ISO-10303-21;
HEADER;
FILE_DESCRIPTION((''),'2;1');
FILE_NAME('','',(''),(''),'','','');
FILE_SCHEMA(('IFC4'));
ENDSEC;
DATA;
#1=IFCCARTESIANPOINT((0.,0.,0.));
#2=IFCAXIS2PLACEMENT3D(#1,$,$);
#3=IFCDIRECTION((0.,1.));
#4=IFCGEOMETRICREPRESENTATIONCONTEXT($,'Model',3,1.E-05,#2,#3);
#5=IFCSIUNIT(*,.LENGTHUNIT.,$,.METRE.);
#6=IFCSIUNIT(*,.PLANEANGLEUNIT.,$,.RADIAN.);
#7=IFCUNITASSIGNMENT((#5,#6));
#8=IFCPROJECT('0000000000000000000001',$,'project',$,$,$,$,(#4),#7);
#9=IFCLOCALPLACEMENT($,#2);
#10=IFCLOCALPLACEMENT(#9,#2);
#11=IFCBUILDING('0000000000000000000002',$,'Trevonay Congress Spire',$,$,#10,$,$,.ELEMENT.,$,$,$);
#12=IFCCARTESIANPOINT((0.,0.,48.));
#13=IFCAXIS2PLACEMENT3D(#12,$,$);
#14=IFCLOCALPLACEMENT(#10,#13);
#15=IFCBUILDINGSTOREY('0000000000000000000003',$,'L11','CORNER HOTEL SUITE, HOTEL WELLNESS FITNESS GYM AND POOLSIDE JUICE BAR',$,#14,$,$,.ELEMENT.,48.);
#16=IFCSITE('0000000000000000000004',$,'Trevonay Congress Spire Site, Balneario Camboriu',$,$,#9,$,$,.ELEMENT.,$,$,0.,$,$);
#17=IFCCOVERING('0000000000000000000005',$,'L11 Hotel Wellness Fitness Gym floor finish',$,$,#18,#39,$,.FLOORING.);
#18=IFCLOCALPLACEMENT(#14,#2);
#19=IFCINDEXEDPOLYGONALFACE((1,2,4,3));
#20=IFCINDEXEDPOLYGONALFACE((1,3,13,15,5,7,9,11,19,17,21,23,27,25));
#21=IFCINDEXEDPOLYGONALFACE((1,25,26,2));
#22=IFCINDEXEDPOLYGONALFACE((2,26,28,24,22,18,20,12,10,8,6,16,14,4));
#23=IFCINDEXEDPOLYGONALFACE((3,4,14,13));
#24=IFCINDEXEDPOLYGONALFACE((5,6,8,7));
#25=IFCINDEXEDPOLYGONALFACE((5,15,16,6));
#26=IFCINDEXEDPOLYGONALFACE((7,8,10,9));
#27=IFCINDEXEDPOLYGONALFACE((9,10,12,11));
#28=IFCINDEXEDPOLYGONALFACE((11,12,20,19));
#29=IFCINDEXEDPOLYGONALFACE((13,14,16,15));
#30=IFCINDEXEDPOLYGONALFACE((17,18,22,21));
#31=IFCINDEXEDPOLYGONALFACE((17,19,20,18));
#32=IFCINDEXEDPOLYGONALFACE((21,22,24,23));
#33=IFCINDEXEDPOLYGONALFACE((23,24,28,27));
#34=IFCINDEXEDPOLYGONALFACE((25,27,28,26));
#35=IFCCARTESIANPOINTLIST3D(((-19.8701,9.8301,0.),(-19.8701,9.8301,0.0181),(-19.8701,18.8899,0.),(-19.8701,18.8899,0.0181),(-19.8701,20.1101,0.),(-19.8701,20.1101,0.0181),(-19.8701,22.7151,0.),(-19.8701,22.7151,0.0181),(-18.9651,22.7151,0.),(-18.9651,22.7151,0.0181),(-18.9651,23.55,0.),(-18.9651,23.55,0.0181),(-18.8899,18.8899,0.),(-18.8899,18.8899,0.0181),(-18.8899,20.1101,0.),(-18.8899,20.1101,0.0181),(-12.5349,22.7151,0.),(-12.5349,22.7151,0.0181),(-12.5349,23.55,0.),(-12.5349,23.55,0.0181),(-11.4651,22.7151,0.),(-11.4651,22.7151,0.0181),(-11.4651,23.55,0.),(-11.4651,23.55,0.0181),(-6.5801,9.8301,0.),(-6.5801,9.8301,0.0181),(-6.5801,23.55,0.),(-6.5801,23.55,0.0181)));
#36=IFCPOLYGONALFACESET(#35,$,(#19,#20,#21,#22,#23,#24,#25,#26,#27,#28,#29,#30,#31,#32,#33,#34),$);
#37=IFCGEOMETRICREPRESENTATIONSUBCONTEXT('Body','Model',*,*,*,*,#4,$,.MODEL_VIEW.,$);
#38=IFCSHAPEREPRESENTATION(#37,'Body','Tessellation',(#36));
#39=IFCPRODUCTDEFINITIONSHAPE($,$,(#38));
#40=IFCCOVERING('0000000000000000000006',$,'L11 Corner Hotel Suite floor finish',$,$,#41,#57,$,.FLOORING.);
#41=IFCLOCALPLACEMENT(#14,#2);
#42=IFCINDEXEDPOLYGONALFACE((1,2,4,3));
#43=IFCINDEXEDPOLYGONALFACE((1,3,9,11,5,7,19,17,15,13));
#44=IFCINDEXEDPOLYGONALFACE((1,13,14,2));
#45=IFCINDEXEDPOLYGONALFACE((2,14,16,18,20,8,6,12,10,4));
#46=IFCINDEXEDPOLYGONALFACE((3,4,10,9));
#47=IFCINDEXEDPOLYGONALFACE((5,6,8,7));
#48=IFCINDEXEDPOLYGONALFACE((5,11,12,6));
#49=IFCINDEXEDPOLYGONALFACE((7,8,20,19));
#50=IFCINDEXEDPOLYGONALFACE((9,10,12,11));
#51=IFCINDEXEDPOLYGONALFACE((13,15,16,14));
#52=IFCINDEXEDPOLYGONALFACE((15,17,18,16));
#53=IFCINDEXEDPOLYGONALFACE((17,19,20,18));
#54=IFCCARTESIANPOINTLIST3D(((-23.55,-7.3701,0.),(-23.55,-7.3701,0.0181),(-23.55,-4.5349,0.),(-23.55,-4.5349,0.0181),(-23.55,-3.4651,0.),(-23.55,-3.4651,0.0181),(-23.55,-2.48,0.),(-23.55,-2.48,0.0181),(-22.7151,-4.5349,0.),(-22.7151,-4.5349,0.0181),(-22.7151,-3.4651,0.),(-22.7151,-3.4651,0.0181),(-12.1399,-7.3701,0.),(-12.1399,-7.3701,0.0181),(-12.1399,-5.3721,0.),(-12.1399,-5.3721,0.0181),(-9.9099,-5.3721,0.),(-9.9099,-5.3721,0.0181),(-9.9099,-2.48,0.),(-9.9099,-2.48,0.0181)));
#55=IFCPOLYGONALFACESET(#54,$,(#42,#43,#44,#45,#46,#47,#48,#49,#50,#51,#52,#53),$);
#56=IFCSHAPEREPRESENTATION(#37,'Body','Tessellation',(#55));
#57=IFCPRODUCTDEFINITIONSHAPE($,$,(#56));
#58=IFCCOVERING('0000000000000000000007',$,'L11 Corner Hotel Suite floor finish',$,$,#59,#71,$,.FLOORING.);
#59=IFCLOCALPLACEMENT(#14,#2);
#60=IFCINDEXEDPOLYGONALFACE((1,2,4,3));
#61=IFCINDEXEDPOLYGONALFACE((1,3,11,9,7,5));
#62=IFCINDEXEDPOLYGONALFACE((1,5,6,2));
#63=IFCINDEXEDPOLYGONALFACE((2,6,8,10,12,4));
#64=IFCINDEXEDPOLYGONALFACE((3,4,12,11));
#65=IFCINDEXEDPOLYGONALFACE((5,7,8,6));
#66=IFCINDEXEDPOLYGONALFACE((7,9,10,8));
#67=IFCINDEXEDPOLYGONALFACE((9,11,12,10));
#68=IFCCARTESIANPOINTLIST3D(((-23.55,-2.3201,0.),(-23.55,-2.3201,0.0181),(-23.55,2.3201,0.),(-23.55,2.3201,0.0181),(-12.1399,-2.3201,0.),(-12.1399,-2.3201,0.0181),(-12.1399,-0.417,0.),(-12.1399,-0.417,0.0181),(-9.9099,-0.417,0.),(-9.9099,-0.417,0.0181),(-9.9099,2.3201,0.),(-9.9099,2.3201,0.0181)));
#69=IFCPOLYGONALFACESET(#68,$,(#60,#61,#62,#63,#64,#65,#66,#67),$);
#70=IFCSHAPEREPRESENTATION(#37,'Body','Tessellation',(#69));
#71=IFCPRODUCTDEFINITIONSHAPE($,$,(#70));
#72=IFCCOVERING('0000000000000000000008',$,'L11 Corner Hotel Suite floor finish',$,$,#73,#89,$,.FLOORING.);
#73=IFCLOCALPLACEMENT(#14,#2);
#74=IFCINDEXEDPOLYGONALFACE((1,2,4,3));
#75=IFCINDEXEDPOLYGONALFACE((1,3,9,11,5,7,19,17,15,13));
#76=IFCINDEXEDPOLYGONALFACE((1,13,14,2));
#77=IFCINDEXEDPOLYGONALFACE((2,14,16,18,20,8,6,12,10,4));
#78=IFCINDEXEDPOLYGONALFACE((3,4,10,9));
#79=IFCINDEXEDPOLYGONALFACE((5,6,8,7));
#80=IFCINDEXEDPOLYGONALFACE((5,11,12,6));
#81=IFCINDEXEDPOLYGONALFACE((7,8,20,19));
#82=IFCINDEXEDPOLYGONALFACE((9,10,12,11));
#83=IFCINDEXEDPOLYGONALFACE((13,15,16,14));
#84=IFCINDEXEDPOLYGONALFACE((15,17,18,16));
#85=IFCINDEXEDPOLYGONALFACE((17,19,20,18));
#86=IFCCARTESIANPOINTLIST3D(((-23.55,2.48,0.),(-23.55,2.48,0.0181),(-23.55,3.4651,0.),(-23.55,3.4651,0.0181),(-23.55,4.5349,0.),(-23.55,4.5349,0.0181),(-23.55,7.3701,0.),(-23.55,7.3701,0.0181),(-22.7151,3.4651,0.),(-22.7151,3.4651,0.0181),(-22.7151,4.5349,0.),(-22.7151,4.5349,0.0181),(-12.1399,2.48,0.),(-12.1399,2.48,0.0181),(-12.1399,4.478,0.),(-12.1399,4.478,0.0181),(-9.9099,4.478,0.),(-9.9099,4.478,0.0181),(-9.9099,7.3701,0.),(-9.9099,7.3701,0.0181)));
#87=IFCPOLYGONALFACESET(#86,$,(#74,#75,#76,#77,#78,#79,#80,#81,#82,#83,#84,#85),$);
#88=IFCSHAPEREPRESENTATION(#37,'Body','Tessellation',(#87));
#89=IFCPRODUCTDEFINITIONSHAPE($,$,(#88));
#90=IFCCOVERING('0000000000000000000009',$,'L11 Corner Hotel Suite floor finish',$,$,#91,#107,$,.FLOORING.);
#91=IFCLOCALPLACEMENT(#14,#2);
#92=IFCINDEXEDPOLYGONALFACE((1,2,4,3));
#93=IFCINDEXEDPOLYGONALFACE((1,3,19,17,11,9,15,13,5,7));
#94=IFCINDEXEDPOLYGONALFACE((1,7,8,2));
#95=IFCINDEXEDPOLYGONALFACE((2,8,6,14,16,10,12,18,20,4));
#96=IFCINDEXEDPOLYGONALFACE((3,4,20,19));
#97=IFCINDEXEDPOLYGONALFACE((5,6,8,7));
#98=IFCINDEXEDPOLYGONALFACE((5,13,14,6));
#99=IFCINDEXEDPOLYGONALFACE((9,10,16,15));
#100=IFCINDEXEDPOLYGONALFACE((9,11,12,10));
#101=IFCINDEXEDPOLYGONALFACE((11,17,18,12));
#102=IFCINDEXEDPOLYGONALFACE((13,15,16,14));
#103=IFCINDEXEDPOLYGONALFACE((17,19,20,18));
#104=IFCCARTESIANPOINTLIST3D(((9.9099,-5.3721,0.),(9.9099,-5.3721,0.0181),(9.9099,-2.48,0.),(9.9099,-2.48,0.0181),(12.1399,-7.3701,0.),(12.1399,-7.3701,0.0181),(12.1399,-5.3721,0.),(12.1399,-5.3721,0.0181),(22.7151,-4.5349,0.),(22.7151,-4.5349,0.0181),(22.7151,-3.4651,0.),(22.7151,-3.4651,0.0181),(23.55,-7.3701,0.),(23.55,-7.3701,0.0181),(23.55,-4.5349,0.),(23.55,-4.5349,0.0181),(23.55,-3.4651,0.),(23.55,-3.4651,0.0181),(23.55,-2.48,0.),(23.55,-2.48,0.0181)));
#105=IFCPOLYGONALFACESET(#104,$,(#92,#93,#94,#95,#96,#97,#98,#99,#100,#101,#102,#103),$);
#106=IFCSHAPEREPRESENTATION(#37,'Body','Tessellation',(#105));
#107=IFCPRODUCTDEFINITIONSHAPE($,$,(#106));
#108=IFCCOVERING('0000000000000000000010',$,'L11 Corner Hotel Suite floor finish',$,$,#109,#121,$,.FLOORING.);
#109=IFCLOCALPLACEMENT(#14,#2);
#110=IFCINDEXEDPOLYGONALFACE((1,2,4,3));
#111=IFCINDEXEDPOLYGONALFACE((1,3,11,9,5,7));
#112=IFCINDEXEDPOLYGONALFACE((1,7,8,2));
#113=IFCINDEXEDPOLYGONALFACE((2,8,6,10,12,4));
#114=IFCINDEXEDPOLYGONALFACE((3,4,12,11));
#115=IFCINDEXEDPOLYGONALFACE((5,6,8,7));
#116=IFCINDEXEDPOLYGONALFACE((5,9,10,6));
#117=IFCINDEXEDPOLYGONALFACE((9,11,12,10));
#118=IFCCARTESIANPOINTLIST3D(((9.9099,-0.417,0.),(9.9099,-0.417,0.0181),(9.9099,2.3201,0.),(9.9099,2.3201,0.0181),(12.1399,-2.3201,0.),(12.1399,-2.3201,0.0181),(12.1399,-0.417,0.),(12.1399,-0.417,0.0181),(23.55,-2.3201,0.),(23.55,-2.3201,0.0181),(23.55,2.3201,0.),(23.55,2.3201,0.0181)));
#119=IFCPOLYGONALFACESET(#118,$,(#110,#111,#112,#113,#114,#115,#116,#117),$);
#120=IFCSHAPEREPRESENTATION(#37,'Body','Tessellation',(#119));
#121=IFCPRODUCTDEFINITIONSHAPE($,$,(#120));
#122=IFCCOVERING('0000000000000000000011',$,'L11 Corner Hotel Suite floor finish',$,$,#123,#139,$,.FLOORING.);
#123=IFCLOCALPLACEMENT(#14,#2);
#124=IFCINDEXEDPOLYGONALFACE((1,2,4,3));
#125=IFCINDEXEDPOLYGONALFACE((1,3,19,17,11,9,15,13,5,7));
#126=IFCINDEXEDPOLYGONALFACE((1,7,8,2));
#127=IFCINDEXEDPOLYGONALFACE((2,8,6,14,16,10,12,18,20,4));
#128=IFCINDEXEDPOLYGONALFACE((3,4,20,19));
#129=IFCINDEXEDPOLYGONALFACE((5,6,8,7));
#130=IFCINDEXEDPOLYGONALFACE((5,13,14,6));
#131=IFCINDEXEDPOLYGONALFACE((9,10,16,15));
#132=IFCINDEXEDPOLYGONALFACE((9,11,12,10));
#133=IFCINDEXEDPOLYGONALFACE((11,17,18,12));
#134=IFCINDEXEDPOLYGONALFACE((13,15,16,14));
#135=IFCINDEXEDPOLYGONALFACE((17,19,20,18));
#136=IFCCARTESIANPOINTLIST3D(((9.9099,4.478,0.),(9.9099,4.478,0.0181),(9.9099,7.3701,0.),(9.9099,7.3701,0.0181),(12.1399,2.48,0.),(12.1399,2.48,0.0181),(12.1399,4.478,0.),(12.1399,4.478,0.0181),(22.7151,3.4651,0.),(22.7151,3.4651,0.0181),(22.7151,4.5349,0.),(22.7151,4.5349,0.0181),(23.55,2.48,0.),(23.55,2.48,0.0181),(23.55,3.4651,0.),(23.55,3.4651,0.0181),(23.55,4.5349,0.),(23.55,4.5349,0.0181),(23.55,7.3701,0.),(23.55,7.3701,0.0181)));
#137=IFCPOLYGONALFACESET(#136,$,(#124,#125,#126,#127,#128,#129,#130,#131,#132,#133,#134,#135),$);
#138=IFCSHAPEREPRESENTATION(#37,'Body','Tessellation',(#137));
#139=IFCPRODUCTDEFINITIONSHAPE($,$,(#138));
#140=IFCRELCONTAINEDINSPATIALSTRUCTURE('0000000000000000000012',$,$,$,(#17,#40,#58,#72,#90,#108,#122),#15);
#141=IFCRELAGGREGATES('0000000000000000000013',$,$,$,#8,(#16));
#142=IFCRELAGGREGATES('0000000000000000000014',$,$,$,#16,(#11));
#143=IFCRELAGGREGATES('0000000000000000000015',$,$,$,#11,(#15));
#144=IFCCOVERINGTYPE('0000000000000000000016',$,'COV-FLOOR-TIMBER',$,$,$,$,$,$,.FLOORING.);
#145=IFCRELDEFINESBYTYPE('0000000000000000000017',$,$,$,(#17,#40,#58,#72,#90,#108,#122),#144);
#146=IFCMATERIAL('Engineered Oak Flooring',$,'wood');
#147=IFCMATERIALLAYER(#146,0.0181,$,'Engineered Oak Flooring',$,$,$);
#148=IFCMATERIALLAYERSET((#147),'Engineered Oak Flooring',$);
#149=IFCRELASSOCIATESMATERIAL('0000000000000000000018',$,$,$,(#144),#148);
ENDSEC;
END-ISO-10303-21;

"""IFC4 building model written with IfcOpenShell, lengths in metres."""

from ifc_helpers import new_model, si_unit, direction, frame, origin, place, context, subcontext, project, spatial, polyline, outline, extrude, material, layer, layer_set, type_object, element, save


model = new_model("IFC4")

# Units and contexts
model_context = context("Model", 3, precision=1e-05, world=origin(), true_north=direction((0.0, 1.0)))
body_context = subcontext(model_context, "Body", "Model", "MODEL_VIEW")
ifc_project = project(units=[si_unit("LENGTHUNIT", "METRE"), si_unit("PLANEANGLEUNIT", "RADIAN")], contexts=[model_context])

# Site, building, storey
site_placement = place(None, origin())
site = spatial("IfcSite", under=ifc_project, at=site_placement, Name="Trevonay Congress Spire Site, Balneario Camboriu", CompositionType="ELEMENT", RefElevation=0.0)
building_placement = place(site_placement, origin())
building = spatial("IfcBuilding", under=site, at=building_placement, Name="Trevonay Congress Spire", CompositionType="ELEMENT")
storey_placement = place(building_placement, frame((0.0, 0.0, 48.0)))
storey = spatial("IfcBuildingStorey", under=building, at=storey_placement, Name="L11", Description="CORNER HOTEL SUITE, HOTEL WELLNESS FITNESS GYM AND POOLSIDE JUICE BAR", CompositionType="ELEMENT", Elevation=48.0)

# Coverings
ifc_material_1 = material(Name="Engineered Oak Flooring", Category="wood")
ifc_layer_1 = layer(ifc_material_1, 0.0181, Name="Engineered Oak Flooring")
ifc_layer_set_1 = layer_set([ifc_layer_1], Name="Engineered Oak Flooring")
covering_type_1 = type_object("IfcCoveringType", Name="COV-FLOOR-TIMBER", PredefinedType="FLOORING", material=ifc_layer_set_1)
covering_1_placement = place(storey_placement, origin())
element("IfcCovering", 1, at=covering_1_placement, inside=storey, type_object=covering_type_1, Name="L11 Hotel Wellness Fitness Gym floor finish", PredefinedType="FLOORING", context=body_context, shape_type="SweptSolid", body=[
    extrude(outline(polyline([(-6.5801, 23.55), (-6.5801, 9.8301), (-19.8701, 9.8301), (-19.8701, 18.8899), (-18.8899, 18.8899), (-18.8899, 20.1101), (-19.8701, 20.1101), (-19.8701, 22.7151), (-18.9651, 22.7151), (-18.9651, 23.55), (-12.5349, 23.55), (-12.5349, 22.7151), (-11.4651, 22.7151), (-11.4651, 23.55), (-6.5801, 23.55)])), origin(), (0.0, 0.0, 1.0), 0.0181),
])
covering_2_placement = place(storey_placement, origin())
element("IfcCovering", 2, at=covering_2_placement, inside=storey, type_object=covering_type_1, Name="L11 Corner Hotel Suite floor finish", PredefinedType="FLOORING", context=body_context, shape_type="SweptSolid", body=[
    extrude(outline(polyline([(-23.55, -4.5349), (-22.7151, -4.5349), (-22.7151, -3.4651), (-23.55, -3.4651), (-23.55, -2.48), (-9.9099, -2.48), (-9.9099, -5.3721), (-12.1399, -5.3721), (-12.1399, -7.3701), (-23.55, -7.3701), (-23.55, -4.5349)])), origin(), (0.0, 0.0, 1.0), 0.0181),
])
covering_3_placement = place(storey_placement, origin())
element("IfcCovering", 3, at=covering_3_placement, inside=storey, type_object=covering_type_1, Name="L11 Corner Hotel Suite floor finish", PredefinedType="FLOORING", context=body_context, shape_type="SweptSolid", body=[
    extrude(outline(polyline([(-23.55, -2.3201), (-23.55, 2.3201), (-9.9099, 2.3201), (-9.9099, -0.417), (-12.1399, -0.417), (-12.1399, -2.3201), (-23.55, -2.3201)])), origin(), (0.0, 0.0, 1.0), 0.0181),
])
covering_4_placement = place(storey_placement, origin())
element("IfcCovering", 4, at=covering_4_placement, inside=storey, type_object=covering_type_1, Name="L11 Corner Hotel Suite floor finish", PredefinedType="FLOORING", context=body_context, shape_type="SweptSolid", body=[
    extrude(outline(polyline([(-23.55, 3.4651), (-22.7151, 3.4651), (-22.7151, 4.5349), (-23.55, 4.5349), (-23.55, 7.3701), (-9.9099, 7.3701), (-9.9099, 4.478), (-12.1399, 4.478), (-12.1399, 2.48), (-23.55, 2.48), (-23.55, 3.4651)])), origin(), (0.0, 0.0, 1.0), 0.0181),
])
covering_5_placement = place(storey_placement, origin())
element("IfcCovering", 5, at=covering_5_placement, inside=storey, type_object=covering_type_1, Name="L11 Corner Hotel Suite floor finish", PredefinedType="FLOORING", context=body_context, shape_type="SweptSolid", body=[
    extrude(outline(polyline([(9.9099, -2.48), (23.55, -2.48), (23.55, -3.4651), (22.7151, -3.4651), (22.7151, -4.5349), (23.55, -4.5349), (23.55, -7.3701), (12.1399, -7.3701), (12.1399, -5.3721), (9.9099, -5.3721), (9.9099, -2.48)])), origin(), (0.0, 0.0, 1.0), 0.0181),
])
covering_6_placement = place(storey_placement, origin())
element("IfcCovering", 6, at=covering_6_placement, inside=storey, type_object=covering_type_1, Name="L11 Corner Hotel Suite floor finish", PredefinedType="FLOORING", context=body_context, shape_type="SweptSolid", body=[
    extrude(outline(polyline([(9.9099, -0.417), (9.9099, 2.3201), (23.55, 2.3201), (23.55, -2.3201), (12.1399, -2.3201), (12.1399, -0.417), (9.9099, -0.417)])), origin(), (0.0, 0.0, 1.0), 0.0181),
])
covering_7_placement = place(storey_placement, origin())
element("IfcCovering", 7, at=covering_7_placement, inside=storey, type_object=covering_type_1, Name="L11 Corner Hotel Suite floor finish", PredefinedType="FLOORING", context=body_context, shape_type="SweptSolid", body=[
    extrude(outline(polyline([(9.9099, 7.3701), (23.55, 7.3701), (23.55, 4.5349), (22.7151, 4.5349), (22.7151, 3.4651), (23.55, 3.4651), (23.55, 2.48), (12.1399, 2.48), (12.1399, 4.478), (9.9099, 4.478), (9.9099, 7.3701)])), origin(), (0.0, 0.0, 1.0), 0.0181),
])

save(model, "model.ifc")
